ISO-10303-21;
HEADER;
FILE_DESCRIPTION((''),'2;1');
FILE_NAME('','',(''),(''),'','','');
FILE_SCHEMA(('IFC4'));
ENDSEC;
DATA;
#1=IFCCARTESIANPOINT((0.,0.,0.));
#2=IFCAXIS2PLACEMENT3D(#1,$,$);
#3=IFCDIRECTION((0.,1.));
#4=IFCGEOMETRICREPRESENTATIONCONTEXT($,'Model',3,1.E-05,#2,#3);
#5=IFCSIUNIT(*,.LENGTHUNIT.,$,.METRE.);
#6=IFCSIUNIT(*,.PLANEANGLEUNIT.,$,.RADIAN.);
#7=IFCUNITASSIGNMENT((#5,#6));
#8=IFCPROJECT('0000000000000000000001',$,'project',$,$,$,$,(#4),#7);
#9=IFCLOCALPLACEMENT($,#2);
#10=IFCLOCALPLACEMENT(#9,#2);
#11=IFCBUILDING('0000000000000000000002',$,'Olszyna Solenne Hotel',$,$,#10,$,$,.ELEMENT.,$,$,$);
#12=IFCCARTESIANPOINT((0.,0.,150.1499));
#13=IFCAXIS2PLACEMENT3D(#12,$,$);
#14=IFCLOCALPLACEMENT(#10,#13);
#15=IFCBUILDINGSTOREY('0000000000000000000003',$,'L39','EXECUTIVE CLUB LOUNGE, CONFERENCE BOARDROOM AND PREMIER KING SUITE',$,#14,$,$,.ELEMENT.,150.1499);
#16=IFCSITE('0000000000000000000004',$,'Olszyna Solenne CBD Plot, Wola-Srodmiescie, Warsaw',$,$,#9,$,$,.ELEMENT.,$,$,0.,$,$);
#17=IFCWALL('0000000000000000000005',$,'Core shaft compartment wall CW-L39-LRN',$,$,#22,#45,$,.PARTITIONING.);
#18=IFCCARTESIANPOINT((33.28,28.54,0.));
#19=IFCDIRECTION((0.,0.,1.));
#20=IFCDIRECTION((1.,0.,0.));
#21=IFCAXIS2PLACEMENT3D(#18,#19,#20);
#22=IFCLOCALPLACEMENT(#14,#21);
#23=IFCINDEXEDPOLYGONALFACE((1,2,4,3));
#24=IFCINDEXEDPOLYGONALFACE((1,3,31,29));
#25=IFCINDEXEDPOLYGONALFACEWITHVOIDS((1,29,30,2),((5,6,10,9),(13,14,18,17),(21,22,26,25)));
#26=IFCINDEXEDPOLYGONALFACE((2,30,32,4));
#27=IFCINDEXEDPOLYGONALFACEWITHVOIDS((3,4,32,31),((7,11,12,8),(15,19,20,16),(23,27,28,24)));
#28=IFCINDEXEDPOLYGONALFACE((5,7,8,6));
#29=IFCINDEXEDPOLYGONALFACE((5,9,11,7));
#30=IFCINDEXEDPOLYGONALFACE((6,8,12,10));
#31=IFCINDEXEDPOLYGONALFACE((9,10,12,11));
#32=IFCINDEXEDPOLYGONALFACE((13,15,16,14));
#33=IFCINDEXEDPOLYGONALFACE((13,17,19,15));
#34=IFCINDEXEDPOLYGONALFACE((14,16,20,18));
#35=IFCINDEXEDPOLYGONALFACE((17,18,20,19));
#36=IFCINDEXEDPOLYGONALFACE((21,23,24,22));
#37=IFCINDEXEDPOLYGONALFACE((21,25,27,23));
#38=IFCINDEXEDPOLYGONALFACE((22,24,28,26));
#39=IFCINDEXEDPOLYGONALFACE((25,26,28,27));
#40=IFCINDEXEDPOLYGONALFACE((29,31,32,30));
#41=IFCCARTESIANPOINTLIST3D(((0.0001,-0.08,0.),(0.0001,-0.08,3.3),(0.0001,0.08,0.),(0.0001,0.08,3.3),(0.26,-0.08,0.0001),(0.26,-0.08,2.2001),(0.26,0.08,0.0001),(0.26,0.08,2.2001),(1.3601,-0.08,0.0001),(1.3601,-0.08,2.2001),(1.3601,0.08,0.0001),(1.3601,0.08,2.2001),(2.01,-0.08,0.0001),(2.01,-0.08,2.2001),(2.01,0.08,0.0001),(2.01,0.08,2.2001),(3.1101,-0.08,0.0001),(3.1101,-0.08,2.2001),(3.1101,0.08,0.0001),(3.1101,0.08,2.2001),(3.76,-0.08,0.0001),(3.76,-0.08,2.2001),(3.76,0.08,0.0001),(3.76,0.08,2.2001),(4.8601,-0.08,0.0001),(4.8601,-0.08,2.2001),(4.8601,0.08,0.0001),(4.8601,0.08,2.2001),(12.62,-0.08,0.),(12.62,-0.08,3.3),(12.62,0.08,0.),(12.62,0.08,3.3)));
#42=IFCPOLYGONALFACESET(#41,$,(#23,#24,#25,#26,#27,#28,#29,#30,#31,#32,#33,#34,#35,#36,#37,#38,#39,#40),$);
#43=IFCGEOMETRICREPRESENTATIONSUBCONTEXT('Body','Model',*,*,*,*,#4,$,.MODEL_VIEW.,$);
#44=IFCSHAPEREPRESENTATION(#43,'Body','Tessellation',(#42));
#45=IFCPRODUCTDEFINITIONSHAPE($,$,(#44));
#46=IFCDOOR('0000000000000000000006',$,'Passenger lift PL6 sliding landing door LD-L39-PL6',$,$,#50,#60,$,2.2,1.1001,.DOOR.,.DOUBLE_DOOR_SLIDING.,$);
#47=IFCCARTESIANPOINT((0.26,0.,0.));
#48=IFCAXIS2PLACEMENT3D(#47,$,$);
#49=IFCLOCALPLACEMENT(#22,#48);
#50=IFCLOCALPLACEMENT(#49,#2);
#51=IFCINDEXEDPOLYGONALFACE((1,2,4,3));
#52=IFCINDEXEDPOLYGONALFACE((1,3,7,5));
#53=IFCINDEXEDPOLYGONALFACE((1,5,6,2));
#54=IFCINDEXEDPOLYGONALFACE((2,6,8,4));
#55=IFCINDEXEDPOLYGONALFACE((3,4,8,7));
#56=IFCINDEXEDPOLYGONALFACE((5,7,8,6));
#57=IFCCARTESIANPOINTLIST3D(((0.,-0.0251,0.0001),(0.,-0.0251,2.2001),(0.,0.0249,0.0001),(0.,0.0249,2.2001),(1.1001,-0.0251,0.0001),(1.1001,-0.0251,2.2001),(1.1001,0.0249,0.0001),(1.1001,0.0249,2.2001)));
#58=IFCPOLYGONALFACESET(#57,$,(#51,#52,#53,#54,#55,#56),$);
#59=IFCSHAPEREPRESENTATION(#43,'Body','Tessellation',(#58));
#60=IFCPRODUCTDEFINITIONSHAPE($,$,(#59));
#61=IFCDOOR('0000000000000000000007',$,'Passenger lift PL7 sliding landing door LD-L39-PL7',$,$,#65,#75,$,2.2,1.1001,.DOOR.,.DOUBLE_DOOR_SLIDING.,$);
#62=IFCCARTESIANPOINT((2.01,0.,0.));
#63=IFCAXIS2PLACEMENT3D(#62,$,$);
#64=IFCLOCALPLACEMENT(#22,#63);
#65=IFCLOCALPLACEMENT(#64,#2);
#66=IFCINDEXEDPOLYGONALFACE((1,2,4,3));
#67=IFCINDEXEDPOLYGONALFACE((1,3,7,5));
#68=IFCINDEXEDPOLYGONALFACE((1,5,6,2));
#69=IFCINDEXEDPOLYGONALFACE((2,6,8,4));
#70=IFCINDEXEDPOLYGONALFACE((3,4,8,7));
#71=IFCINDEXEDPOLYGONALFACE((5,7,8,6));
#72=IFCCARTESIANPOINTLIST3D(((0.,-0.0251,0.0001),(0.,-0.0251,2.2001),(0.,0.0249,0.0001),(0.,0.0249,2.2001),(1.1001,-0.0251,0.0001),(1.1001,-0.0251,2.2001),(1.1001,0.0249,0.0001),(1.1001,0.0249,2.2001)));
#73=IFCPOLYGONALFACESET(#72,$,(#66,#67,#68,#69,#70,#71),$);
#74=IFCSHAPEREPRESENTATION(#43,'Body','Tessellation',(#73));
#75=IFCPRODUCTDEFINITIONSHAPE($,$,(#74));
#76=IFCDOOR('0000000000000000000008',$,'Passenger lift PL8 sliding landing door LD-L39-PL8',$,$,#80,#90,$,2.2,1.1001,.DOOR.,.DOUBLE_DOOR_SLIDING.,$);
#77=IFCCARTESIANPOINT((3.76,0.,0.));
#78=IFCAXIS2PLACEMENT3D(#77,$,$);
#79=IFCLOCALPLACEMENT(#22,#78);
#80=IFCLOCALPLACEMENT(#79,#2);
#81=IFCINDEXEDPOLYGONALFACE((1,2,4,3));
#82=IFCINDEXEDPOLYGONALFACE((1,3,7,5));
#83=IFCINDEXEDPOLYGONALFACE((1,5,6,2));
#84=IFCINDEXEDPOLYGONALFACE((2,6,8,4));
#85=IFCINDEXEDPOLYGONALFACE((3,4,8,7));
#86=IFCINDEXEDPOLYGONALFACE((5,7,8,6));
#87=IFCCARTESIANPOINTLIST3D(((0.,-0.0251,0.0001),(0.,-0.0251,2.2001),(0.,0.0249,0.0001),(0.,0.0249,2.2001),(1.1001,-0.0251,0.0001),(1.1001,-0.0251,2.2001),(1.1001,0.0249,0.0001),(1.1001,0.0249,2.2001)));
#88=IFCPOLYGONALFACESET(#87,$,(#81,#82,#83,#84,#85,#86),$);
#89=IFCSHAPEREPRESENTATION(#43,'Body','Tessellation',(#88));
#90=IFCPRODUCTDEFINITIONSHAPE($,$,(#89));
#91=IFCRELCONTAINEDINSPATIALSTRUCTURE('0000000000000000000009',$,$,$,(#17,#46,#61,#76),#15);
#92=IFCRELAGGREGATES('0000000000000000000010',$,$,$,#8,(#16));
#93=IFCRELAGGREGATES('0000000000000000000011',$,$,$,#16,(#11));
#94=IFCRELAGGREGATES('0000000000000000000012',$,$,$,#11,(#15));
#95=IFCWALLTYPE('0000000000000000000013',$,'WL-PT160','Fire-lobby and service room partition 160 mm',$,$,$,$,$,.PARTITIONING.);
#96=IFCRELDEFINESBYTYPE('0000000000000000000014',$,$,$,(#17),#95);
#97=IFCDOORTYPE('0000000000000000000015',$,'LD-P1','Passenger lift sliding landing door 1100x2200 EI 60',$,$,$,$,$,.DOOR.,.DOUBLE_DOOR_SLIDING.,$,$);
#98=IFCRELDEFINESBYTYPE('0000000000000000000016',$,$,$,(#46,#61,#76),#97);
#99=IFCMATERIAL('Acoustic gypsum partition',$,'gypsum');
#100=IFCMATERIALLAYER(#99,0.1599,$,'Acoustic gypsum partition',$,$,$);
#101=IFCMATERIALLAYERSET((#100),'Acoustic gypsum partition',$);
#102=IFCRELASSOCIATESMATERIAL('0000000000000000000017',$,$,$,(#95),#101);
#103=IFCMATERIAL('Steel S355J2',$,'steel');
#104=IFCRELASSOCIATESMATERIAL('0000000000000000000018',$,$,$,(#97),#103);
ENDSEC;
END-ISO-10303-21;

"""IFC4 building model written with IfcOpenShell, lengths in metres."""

from ifc_helpers import new_model, si_unit, direction, frame, frame_2d, origin, place, context, subcontext, project, spatial, rectangle, extrude, source, transform, mapped, material, layer, layer_set, type_object, type_shapes, element, fill, save


model = new_model("IFC4")

# Units and contexts
model_context = context("Model", 3, precision=1e-05, world=origin(), true_north=direction((0.0, 1.0)))
body_context = subcontext(model_context, "Body", "Model", "MODEL_VIEW")
ifc_project = project(units=[si_unit("LENGTHUNIT", "METRE"), si_unit("PLANEANGLEUNIT", "RADIAN")], contexts=[model_context])

# Site, building, storey
site_placement = place(None, origin())
site = spatial("IfcSite", under=ifc_project, at=site_placement, Name="Olszyna Solenne CBD Plot, Wola-Srodmiescie, Warsaw", CompositionType="ELEMENT", RefElevation=0.0)
building_placement = place(site_placement, origin())
building = spatial("IfcBuilding", under=site, at=building_placement, Name="Olszyna Solenne Hotel", CompositionType="ELEMENT")
storey_placement = place(building_placement, frame((0.0, 0.0, 150.1499)))
storey = spatial("IfcBuildingStorey", under=building, at=storey_placement, Name="L39", Description="EXECUTIVE CLUB LOUNGE, CONFERENCE BOARDROOM AND PREMIER KING SUITE", CompositionType="ELEMENT", Elevation=150.1499)

# Shared definitions
ifc_material_1 = material(Name="Steel S355J2", Category="steel")

# Shared definitions
ifc_material_2 = material(Name="Acoustic gypsum partition", Category="gypsum")
ifc_layer = layer(ifc_material_2, 0.1599, Name="Acoustic gypsum partition")
ifc_layer_set = layer_set([ifc_layer], Name="Acoustic gypsum partition")
wall_type = type_object("IfcWallType", Name="WL-PT160", Description="Fire-lobby and service room partition 160 mm", PredefinedType="PARTITIONING", material=ifc_layer_set)

# Wall, openings, doors
door_type_1 = type_object("IfcDoorType", Name="LD-P1", Description="Passenger lift sliding landing door 1100x2200 EI 60", OperationType="DOUBLE_DOOR_SLIDING", PredefinedType="DOOR", material=ifc_material_1)
shared_shape_1 = source(origin(), body_context, "Body", "SweptSolid", [
    extrude(rectangle(XDim=1.1001, YDim=2.2, at=frame_2d((0.55, 1.1001))), frame((0.0, 0.0249, 0.0), z_axis=(0.0, -1.0, 0.0), x_axis=(1.0, 0.0, 0.0)), (0.0, 0.0, 1.0), 0.05),
])
type_shapes(door_type_1, [shared_shape_1])
wall_1_placement = place(storey_placement, frame((33.28, 28.54, 0.0), z_axis=(0.0, 0.0, 1.0), x_axis=(1.0, 0.0, 0.0)))
wall_1 = element("IfcWall", 1, at=wall_1_placement, inside=storey, type_object=wall_type, Name="Core shaft compartment wall CW-L39-LRN", PredefinedType="PARTITIONING", context=body_context, shape_type="SweptSolid", body=[
    extrude(rectangle(XDim=12.6199, YDim=0.1599, at=frame_2d((6.3101, 0.0))), origin(), (0.0, 0.0, 1.0), 3.3),
])
opening_1_placement = place(wall_1_placement, frame((0.26, 0.0, 0.0)))
opening_1 = element("IfcOpeningElement", 2, at=opening_1_placement, cuts=wall_1, PredefinedType="OPENING", context=body_context, shape_type="SweptSolid", body=[
    extrude(rectangle(XDim=1.1001, YDim=2.2, at=frame_2d((0.55, 1.1001))), frame((0.0, 0.0898, 0.0), z_axis=(0.0, -1.0, 0.0), x_axis=(1.0, 0.0, 0.0)), (0.0, 0.0, 1.0), 0.1799),
])
opening_2_placement = place(wall_1_placement, frame((2.01, 0.0, 0.0)))
opening_2 = element("IfcOpeningElement", 3, at=opening_2_placement, cuts=wall_1, PredefinedType="OPENING", context=body_context, shape_type="SweptSolid", body=[
    extrude(rectangle(XDim=1.1001, YDim=2.2, at=frame_2d((0.55, 1.1001))), frame((0.0, 0.0898, 0.0), z_axis=(0.0, -1.0, 0.0), x_axis=(1.0, 0.0, 0.0)), (0.0, 0.0, 1.0), 0.1799),
])
opening_3_placement = place(wall_1_placement, frame((3.76, 0.0, 0.0)))
opening_3 = element("IfcOpeningElement", 4, at=opening_3_placement, cuts=wall_1, PredefinedType="OPENING", context=body_context, shape_type="SweptSolid", body=[
    extrude(rectangle(XDim=1.1001, YDim=2.2, at=frame_2d((0.55, 1.1001))), frame((0.0, 0.0898, 0.0), z_axis=(0.0, -1.0, 0.0), x_axis=(1.0, 0.0, 0.0)), (0.0, 0.0, 1.0), 0.1799),
])
door_1_placement = place(opening_1_placement, origin())
door_1 = element("IfcDoor", 5, at=door_1_placement, inside=storey, type_object=door_type_1, Name="Passenger lift PL6 sliding landing door LD-L39-PL6", OperationType="DOUBLE_DOOR_SLIDING", OverallHeight=2.2, OverallWidth=1.1001, PredefinedType="DOOR", context=body_context, shape_type="MappedRepresentation", body=[
    mapped(shared_shape_1, transform((0.0, 0.0, 0.0), x_axis=(1.0, 0.0, 0.0), y_axis=(0.0, 1.0, 0.0), z_axis=(0.0, 0.0, 1.0), scale=1.0)),
])
fill(opening_1, door_1)
door_2_placement = place(opening_2_placement, origin())
door_2 = element("IfcDoor", 6, at=door_2_placement, inside=storey, type_object=door_type_1, Name="Passenger lift PL7 sliding landing door LD-L39-PL7", OperationType="DOUBLE_DOOR_SLIDING", OverallHeight=2.2, OverallWidth=1.1001, PredefinedType="DOOR", context=body_context, shape_type="MappedRepresentation", body=[
    mapped(shared_shape_1, transform((0.0, 0.0, 0.0), x_axis=(1.0, 0.0, 0.0), y_axis=(0.0, 1.0, 0.0), z_axis=(0.0, 0.0, 1.0), scale=1.0)),
])
fill(opening_2, door_2)
door_3_placement = place(opening_3_placement, origin())
door_3 = element("IfcDoor", 7, at=door_3_placement, inside=storey, type_object=door_type_1, Name="Passenger lift PL8 sliding landing door LD-L39-PL8", OperationType="DOUBLE_DOOR_SLIDING", OverallHeight=2.2, OverallWidth=1.1001, PredefinedType="DOOR", context=body_context, shape_type="MappedRepresentation", body=[
    mapped(shared_shape_1, transform((0.0, 0.0, 0.0), x_axis=(1.0, 0.0, 0.0), y_axis=(0.0, 1.0, 0.0), z_axis=(0.0, 0.0, 1.0), scale=1.0)),
])
fill(opening_3, door_3)

save(model, "model.ifc")
